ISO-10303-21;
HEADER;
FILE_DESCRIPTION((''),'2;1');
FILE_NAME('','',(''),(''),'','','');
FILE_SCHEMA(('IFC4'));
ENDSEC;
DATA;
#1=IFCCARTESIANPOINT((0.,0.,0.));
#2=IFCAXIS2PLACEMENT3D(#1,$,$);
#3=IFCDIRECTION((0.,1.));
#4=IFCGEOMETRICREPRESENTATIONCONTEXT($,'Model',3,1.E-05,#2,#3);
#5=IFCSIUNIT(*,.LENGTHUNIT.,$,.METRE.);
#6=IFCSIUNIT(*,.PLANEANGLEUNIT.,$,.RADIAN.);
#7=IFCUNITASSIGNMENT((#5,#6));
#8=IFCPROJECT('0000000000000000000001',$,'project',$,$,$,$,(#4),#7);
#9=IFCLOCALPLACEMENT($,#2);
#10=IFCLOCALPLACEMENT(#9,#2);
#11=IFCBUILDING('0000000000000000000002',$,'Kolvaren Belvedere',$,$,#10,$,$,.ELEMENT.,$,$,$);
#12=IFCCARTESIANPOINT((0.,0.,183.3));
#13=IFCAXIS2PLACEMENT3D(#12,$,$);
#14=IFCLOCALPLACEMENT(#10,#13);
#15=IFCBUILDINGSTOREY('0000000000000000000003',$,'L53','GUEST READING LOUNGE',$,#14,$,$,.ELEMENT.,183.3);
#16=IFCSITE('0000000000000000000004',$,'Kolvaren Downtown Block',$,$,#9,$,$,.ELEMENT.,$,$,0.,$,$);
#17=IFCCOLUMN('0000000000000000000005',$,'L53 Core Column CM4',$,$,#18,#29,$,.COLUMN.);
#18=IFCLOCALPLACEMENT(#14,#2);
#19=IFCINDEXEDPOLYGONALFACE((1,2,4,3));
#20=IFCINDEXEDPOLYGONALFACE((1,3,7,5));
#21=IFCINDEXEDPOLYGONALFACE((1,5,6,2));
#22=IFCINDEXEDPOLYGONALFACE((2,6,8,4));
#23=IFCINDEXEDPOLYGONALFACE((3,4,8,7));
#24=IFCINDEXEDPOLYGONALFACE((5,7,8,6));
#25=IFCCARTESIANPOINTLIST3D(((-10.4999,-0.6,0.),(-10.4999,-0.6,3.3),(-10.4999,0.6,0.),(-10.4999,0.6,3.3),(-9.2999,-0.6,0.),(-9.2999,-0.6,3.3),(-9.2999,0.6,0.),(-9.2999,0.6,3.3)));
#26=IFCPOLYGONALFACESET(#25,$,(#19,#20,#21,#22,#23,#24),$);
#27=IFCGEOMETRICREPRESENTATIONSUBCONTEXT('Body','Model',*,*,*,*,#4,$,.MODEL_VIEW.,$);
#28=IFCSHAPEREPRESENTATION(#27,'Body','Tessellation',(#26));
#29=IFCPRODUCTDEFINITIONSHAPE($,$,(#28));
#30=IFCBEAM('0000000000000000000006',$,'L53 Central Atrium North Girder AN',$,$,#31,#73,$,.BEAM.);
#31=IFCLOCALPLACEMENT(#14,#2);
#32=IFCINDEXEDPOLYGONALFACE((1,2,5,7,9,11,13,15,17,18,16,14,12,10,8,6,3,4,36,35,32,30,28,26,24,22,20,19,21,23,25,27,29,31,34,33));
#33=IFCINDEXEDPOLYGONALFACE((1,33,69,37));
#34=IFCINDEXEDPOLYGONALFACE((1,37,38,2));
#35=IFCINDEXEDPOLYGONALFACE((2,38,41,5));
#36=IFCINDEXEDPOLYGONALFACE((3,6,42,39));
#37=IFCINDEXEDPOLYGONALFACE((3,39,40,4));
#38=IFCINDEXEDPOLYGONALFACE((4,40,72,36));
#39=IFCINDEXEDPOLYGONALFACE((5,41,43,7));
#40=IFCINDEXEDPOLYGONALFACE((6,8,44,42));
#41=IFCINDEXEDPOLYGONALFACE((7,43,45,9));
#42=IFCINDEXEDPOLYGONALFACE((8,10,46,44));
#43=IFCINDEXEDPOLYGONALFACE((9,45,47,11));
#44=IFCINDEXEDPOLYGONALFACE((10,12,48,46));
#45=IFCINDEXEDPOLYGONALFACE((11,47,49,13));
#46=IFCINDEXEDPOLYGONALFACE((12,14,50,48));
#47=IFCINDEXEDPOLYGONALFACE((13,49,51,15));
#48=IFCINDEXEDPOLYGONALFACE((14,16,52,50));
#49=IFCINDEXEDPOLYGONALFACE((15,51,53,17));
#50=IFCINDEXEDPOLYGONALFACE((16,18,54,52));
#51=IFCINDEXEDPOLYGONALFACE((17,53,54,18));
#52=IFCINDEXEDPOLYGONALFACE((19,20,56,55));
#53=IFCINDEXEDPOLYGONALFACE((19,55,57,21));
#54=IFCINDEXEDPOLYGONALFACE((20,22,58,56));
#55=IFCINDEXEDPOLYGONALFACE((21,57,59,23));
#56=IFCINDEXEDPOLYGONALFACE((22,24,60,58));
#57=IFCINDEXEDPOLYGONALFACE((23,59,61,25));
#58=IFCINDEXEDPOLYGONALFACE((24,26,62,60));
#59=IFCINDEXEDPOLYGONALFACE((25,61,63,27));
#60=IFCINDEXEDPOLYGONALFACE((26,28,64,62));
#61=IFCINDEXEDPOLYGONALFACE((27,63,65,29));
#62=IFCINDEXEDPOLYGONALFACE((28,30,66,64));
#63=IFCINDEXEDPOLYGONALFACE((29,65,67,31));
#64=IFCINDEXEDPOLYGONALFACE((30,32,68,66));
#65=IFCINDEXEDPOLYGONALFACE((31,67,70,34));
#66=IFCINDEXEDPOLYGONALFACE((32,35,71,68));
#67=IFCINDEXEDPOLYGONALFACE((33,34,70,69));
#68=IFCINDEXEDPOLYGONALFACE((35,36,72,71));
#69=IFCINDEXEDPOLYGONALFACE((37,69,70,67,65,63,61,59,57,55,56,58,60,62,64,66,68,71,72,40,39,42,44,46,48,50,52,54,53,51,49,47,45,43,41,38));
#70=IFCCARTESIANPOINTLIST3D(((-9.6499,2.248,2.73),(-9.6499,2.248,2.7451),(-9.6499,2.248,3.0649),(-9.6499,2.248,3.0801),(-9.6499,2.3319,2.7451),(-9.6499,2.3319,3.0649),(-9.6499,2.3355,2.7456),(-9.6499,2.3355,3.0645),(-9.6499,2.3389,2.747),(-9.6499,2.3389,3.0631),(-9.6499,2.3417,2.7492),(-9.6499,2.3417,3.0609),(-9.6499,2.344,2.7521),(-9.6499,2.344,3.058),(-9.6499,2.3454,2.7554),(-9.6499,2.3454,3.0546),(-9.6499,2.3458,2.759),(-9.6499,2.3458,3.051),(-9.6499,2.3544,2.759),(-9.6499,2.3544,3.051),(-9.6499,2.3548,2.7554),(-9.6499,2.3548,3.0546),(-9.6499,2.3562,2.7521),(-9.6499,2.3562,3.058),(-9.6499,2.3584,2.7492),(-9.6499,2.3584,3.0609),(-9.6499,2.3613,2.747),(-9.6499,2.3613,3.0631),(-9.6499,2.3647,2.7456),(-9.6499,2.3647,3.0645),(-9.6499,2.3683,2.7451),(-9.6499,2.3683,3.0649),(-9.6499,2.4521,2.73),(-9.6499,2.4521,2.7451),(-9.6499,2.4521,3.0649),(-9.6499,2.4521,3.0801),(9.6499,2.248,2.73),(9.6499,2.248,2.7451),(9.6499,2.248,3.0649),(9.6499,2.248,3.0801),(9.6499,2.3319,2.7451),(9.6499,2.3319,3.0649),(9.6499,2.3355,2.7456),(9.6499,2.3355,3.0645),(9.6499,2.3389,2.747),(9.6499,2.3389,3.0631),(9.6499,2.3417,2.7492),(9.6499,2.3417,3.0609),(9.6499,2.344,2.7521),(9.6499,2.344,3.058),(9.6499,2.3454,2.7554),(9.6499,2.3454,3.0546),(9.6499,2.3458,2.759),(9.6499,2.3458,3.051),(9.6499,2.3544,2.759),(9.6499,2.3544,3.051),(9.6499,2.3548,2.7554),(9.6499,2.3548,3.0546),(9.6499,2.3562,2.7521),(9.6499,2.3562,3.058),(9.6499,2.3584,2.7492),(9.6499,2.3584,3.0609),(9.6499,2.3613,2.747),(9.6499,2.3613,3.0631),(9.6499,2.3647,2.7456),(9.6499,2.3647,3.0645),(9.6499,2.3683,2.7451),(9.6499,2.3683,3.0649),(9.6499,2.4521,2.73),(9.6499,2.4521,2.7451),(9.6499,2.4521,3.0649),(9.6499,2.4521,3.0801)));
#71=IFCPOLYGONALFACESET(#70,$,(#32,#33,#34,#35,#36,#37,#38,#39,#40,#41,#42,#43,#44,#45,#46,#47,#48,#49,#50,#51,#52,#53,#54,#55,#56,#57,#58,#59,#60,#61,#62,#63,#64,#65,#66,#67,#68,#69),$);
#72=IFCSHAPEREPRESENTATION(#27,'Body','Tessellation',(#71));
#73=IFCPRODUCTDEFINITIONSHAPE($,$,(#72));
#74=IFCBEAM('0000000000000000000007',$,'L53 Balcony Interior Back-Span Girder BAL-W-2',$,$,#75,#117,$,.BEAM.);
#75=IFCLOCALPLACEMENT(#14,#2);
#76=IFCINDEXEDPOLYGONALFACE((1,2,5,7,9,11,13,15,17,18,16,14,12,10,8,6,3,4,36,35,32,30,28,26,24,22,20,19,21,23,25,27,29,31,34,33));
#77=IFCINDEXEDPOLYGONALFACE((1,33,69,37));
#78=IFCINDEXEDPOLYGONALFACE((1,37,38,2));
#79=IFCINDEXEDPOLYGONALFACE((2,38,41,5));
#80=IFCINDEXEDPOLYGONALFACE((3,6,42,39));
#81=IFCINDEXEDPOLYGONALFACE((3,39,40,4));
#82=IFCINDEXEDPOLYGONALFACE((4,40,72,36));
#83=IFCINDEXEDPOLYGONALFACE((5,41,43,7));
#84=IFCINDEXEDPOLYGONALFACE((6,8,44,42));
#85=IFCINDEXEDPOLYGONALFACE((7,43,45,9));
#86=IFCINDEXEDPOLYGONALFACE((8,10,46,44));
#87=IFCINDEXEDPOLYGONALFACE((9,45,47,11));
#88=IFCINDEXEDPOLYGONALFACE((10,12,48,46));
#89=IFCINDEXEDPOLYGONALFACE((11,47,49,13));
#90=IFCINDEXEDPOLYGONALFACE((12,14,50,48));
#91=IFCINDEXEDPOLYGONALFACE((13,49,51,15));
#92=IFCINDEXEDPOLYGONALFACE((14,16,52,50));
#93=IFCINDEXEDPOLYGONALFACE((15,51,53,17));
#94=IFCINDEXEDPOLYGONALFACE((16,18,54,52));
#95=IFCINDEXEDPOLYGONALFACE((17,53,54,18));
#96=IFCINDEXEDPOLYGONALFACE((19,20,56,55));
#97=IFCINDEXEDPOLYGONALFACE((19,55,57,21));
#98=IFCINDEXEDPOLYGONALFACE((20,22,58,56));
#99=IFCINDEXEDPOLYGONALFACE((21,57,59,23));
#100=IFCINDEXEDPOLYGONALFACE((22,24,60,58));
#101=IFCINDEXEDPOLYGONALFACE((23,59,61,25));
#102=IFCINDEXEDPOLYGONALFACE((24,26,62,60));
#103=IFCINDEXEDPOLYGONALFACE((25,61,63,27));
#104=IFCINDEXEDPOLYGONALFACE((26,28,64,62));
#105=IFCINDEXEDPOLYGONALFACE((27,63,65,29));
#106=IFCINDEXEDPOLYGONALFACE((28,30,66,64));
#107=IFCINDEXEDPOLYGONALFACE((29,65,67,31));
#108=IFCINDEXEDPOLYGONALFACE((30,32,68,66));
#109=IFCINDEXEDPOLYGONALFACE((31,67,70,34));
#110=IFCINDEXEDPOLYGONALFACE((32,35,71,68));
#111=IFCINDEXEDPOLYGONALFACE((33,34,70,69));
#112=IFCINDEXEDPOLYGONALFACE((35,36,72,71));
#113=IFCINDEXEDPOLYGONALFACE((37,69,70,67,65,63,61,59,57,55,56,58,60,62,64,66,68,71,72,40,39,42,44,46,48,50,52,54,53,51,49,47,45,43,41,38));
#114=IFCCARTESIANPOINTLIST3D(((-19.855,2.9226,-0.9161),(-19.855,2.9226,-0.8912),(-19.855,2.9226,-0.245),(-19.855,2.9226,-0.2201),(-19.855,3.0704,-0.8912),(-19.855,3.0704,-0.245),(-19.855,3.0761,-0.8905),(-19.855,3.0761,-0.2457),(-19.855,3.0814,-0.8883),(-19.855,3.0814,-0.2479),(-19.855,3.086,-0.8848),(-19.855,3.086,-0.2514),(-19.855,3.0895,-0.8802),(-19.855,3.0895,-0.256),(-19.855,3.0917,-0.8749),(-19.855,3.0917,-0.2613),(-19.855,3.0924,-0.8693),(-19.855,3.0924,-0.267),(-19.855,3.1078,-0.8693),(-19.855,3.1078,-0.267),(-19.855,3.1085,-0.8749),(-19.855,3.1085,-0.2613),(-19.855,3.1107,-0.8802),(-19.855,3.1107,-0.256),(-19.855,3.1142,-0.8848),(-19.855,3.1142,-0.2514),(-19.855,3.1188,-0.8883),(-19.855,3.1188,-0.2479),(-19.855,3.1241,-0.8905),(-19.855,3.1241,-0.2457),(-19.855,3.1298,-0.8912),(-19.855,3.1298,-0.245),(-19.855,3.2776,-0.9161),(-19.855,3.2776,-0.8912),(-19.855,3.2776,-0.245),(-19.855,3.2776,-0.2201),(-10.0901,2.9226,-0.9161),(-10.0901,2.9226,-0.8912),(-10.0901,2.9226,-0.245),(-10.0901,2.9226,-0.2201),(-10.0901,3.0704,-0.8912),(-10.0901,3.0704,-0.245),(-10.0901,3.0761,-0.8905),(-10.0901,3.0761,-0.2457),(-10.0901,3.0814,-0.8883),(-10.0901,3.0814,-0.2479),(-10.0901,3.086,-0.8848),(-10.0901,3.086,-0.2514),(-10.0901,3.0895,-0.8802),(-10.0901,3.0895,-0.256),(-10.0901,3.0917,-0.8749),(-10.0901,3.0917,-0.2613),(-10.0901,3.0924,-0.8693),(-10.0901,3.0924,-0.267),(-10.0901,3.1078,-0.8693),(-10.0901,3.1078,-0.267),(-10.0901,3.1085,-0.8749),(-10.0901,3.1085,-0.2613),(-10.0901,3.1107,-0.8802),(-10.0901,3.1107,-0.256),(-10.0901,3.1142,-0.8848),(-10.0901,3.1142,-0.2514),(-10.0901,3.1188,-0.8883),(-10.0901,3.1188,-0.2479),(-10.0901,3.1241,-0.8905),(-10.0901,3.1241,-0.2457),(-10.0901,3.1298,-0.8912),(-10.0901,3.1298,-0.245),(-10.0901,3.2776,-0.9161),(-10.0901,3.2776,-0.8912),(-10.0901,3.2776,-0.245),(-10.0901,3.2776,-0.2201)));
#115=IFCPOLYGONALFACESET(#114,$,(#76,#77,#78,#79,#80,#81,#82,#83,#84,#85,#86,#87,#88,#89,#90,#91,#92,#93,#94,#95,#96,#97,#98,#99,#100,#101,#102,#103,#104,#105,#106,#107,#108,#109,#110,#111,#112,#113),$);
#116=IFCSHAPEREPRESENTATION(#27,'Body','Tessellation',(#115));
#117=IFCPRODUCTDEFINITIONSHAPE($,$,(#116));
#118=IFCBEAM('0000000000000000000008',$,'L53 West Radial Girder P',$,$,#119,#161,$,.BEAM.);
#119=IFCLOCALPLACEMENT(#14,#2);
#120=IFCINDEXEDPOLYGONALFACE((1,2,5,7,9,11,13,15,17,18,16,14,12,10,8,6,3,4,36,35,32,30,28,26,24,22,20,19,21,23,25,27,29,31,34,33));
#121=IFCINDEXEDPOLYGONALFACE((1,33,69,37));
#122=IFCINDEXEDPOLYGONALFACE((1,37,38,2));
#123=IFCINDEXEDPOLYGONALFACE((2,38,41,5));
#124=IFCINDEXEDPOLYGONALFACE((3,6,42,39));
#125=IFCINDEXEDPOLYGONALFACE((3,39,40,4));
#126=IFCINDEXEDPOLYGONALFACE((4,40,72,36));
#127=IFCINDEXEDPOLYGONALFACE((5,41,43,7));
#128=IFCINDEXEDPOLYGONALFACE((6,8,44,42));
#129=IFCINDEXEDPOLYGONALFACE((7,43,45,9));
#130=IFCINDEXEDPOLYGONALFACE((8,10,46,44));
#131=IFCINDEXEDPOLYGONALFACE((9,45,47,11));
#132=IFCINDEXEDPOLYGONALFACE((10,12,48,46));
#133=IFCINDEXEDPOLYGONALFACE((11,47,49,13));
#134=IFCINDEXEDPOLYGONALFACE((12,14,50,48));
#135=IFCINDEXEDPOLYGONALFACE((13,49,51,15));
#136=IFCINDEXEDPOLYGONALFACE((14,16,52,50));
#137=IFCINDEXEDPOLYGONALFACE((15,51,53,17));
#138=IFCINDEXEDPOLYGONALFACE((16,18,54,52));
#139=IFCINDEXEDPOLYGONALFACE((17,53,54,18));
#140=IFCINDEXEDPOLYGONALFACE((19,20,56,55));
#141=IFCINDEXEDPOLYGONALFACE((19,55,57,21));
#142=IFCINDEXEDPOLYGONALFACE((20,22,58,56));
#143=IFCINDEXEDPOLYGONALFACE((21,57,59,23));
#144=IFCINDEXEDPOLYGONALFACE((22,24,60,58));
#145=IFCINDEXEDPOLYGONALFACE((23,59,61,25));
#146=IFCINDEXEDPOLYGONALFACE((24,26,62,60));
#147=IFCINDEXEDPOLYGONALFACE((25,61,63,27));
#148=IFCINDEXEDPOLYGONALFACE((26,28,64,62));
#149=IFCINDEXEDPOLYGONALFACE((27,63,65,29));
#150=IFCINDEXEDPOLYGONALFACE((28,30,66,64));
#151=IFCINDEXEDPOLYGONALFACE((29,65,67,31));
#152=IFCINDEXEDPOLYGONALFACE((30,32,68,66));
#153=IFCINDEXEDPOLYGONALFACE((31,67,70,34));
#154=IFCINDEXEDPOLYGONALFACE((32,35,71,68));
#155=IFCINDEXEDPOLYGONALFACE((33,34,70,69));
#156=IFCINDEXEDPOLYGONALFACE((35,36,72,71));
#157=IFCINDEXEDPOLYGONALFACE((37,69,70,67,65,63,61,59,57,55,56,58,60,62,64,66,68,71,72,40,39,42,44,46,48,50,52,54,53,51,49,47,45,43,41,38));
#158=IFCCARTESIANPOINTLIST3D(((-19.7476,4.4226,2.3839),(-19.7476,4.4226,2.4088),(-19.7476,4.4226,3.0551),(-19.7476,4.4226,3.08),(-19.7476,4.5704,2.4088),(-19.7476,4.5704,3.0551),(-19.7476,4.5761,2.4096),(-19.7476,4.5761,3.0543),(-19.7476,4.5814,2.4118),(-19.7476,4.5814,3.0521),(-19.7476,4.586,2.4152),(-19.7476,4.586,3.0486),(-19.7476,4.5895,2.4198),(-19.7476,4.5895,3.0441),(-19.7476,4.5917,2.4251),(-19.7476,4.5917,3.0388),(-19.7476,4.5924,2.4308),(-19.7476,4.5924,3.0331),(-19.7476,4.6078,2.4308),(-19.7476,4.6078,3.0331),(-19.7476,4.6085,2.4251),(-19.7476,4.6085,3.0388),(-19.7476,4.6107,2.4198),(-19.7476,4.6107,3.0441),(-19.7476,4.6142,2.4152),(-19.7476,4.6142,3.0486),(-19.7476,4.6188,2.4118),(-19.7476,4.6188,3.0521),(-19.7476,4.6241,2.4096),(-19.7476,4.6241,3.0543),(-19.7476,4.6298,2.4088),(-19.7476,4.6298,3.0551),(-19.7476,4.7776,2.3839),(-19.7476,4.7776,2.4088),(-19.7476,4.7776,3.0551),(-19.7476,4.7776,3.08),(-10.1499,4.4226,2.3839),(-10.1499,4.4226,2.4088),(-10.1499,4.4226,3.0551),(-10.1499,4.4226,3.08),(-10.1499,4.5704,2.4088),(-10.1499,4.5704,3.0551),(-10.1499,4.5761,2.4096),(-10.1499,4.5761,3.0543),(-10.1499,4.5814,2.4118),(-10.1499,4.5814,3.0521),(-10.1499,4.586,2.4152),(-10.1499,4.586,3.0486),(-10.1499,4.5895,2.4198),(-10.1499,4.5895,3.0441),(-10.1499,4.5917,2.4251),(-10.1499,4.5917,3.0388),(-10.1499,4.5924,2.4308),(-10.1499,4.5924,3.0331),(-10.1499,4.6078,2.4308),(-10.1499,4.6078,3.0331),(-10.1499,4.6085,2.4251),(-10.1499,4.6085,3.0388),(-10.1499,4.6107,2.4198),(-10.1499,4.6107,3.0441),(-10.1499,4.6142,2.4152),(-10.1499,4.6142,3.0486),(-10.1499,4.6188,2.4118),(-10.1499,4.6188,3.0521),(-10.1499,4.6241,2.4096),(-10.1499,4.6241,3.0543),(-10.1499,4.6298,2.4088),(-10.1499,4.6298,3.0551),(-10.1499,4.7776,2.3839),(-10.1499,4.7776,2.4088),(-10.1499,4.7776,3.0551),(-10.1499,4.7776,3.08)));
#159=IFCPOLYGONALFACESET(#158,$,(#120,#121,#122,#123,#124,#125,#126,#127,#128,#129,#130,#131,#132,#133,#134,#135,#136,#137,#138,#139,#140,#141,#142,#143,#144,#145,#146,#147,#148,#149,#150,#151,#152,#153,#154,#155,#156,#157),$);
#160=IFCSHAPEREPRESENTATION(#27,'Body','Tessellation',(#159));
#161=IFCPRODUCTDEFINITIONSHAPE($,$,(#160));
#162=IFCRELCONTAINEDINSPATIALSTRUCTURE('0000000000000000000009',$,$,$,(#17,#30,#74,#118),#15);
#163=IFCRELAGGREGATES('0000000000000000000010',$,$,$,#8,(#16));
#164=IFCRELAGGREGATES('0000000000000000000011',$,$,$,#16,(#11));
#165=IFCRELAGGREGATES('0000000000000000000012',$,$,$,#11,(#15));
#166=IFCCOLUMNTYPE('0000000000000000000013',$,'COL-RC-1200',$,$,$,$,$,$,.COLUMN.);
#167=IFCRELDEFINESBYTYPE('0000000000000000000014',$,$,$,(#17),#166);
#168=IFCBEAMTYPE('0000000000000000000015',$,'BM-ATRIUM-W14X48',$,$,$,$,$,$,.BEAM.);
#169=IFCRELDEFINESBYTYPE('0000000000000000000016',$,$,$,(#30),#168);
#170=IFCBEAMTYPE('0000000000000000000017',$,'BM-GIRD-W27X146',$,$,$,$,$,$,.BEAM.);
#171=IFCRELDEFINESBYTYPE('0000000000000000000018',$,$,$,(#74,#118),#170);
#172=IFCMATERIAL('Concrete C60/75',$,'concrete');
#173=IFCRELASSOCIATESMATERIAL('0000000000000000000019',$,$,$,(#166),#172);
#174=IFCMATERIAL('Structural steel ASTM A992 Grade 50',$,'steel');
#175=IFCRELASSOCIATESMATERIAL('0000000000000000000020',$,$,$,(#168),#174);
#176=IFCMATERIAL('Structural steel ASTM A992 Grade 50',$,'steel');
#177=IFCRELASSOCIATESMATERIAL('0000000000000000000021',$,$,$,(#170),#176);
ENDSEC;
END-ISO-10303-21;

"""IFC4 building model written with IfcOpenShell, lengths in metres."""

from ifc_helpers import new_model, si_unit, direction, frame, origin, origin_2d, place, context, subcontext, project, spatial, rectangle, i_section, extrude, material, material_profile, profile_set, type_object, element, save


model = new_model("IFC4")

# Units and contexts
model_context = context("Model", 3, precision=1e-05, world=origin(), true_north=direction((0.0, 1.0)))
body_context = subcontext(model_context, "Body", "Model", "MODEL_VIEW")
ifc_project = project(units=[si_unit("LENGTHUNIT", "METRE"), si_unit("PLANEANGLEUNIT", "RADIAN")], contexts=[model_context])

# Site, building, storey
site_placement = place(None, origin())
site = spatial("IfcSite", under=ifc_project, at=site_placement, Name="Kolvaren Downtown Block", CompositionType="ELEMENT", RefElevation=0.0)
building_placement = place(site_placement, origin())
building = spatial("IfcBuilding", under=site, at=building_placement, Name="Kolvaren Belvedere", CompositionType="ELEMENT")
storey_placement = place(building_placement, frame((0.0, 0.0, 183.3)))
storey = spatial("IfcBuildingStorey", under=building, at=storey_placement, Name="L53", Description="GUEST READING LOUNGE", CompositionType="ELEMENT", Elevation=183.3)

# Column
ifc_material_1 = material(Name="Concrete C60/75", Category="concrete")
ifc_material_profile_1 = material_profile(ifc_material_1, rectangle(XDim=1.2, YDim=1.2, at=origin_2d()), Name="RC 1200X1200")
ifc_profile_set_1 = profile_set([ifc_material_profile_1], Name="Concrete C60/75")
column_type = type_object("IfcColumnType", Name="COL-RC-1200", PredefinedType="COLUMN", material=ifc_profile_set_1)
column_placement = place(storey_placement, frame((-9.8999, 0.0, 0.0), z_axis=(0.0, 0.0, 1.0), x_axis=(1.0, 0.0, 0.0)))
element("IfcColumn", 1, at=column_placement, inside=storey, type_object=column_type, Name="L53 Core Column CM4", PredefinedType="COLUMN", context=body_context, shape_type="SweptSolid", body=[
    extrude(rectangle(XDim=1.2, YDim=1.2, at=origin_2d()), origin(), (0.0, 0.0, 1.0), 3.3),
])

# Beams
ifc_material_2 = material(Name="Structural steel ASTM A992 Grade 50", Category="steel")
ifc_material_profile_2 = material_profile(ifc_material_2, i_section(OverallWidth=0.2041, OverallDepth=0.3501, WebThickness=0.0085, FlangeThickness=0.0151, FilletRadius=0.0139, at=origin_2d()), Name="W14X48")
ifc_profile_set_2 = profile_set([ifc_material_profile_2], Name="Structural steel ASTM A992 Grade 50")
beam_type_1 = type_object("IfcBeamType", Name="BM-ATRIUM-W14X48", PredefinedType="BEAM", material=ifc_profile_set_2)
beam_1_placement = place(storey_placement, frame((-9.6499, 2.3501, 2.905), z_axis=(1.0, 0.0, 0.0), x_axis=(0.0, 1.0, 0.0)))
element("IfcBeam", 2, at=beam_1_placement, inside=storey, type_object=beam_type_1, Name="L53 Central Atrium North Girder AN", PredefinedType="BEAM", context=body_context, shape_type="SweptSolid", body=[
    extrude(i_section(OverallWidth=0.2041, OverallDepth=0.3501, WebThickness=0.0085, FlangeThickness=0.0151, FilletRadius=0.0139, at=origin_2d()), origin(), (0.0, 0.0, 1.0), 19.2998),
])
ifc_material_3 = material(Name="Structural steel ASTM A992 Grade 50", Category="steel")
ifc_material_profile_3 = material_profile(ifc_material_3, i_section(OverallWidth=0.355, OverallDepth=0.696, WebThickness=0.0154, FlangeThickness=0.0249, FilletRadius=0.022, at=origin_2d()), Name="W27X146")
ifc_profile_set_3 = profile_set([ifc_material_profile_3], Name="Structural steel ASTM A992 Grade 50")
beam_type_2 = type_object("IfcBeamType", Name="BM-GIRD-W27X146", PredefinedType="BEAM", material=ifc_profile_set_3)
beam_2_placement = place(storey_placement, frame((-10.0901, 3.1001, -0.5681), z_axis=(-1.0, 0.0, 0.0), x_axis=(0.0, -1.0, 0.0)))
element("IfcBeam", 3, at=beam_2_placement, inside=storey, type_object=beam_type_2, Name="L53 Balcony Interior Back-Span Girder BAL-W-2", PredefinedType="BEAM", context=body_context, shape_type="SweptSolid", body=[
    extrude(i_section(OverallWidth=0.355, OverallDepth=0.696, WebThickness=0.0154, FlangeThickness=0.0249, FilletRadius=0.022, at=origin_2d()), origin(), (0.0, 0.0, 1.0), 9.7649),
])
beam_3_placement = place(storey_placement, frame((-10.1499, 4.6001, 2.7319), z_axis=(-1.0, 0.0, 0.0), x_axis=(0.0, -1.0, 0.0)))
element("IfcBeam", 4, at=beam_3_placement, inside=storey, type_object=beam_type_2, Name="L53 West Radial Girder P", PredefinedType="BEAM", context=body_context, shape_type="SweptSolid", body=[
    extrude(i_section(OverallWidth=0.355, OverallDepth=0.696, WebThickness=0.0154, FlangeThickness=0.0249, FilletRadius=0.022, at=origin_2d()), origin(), (0.0, 0.0, 1.0), 9.5977),
])

save(model, "model.ifc")
